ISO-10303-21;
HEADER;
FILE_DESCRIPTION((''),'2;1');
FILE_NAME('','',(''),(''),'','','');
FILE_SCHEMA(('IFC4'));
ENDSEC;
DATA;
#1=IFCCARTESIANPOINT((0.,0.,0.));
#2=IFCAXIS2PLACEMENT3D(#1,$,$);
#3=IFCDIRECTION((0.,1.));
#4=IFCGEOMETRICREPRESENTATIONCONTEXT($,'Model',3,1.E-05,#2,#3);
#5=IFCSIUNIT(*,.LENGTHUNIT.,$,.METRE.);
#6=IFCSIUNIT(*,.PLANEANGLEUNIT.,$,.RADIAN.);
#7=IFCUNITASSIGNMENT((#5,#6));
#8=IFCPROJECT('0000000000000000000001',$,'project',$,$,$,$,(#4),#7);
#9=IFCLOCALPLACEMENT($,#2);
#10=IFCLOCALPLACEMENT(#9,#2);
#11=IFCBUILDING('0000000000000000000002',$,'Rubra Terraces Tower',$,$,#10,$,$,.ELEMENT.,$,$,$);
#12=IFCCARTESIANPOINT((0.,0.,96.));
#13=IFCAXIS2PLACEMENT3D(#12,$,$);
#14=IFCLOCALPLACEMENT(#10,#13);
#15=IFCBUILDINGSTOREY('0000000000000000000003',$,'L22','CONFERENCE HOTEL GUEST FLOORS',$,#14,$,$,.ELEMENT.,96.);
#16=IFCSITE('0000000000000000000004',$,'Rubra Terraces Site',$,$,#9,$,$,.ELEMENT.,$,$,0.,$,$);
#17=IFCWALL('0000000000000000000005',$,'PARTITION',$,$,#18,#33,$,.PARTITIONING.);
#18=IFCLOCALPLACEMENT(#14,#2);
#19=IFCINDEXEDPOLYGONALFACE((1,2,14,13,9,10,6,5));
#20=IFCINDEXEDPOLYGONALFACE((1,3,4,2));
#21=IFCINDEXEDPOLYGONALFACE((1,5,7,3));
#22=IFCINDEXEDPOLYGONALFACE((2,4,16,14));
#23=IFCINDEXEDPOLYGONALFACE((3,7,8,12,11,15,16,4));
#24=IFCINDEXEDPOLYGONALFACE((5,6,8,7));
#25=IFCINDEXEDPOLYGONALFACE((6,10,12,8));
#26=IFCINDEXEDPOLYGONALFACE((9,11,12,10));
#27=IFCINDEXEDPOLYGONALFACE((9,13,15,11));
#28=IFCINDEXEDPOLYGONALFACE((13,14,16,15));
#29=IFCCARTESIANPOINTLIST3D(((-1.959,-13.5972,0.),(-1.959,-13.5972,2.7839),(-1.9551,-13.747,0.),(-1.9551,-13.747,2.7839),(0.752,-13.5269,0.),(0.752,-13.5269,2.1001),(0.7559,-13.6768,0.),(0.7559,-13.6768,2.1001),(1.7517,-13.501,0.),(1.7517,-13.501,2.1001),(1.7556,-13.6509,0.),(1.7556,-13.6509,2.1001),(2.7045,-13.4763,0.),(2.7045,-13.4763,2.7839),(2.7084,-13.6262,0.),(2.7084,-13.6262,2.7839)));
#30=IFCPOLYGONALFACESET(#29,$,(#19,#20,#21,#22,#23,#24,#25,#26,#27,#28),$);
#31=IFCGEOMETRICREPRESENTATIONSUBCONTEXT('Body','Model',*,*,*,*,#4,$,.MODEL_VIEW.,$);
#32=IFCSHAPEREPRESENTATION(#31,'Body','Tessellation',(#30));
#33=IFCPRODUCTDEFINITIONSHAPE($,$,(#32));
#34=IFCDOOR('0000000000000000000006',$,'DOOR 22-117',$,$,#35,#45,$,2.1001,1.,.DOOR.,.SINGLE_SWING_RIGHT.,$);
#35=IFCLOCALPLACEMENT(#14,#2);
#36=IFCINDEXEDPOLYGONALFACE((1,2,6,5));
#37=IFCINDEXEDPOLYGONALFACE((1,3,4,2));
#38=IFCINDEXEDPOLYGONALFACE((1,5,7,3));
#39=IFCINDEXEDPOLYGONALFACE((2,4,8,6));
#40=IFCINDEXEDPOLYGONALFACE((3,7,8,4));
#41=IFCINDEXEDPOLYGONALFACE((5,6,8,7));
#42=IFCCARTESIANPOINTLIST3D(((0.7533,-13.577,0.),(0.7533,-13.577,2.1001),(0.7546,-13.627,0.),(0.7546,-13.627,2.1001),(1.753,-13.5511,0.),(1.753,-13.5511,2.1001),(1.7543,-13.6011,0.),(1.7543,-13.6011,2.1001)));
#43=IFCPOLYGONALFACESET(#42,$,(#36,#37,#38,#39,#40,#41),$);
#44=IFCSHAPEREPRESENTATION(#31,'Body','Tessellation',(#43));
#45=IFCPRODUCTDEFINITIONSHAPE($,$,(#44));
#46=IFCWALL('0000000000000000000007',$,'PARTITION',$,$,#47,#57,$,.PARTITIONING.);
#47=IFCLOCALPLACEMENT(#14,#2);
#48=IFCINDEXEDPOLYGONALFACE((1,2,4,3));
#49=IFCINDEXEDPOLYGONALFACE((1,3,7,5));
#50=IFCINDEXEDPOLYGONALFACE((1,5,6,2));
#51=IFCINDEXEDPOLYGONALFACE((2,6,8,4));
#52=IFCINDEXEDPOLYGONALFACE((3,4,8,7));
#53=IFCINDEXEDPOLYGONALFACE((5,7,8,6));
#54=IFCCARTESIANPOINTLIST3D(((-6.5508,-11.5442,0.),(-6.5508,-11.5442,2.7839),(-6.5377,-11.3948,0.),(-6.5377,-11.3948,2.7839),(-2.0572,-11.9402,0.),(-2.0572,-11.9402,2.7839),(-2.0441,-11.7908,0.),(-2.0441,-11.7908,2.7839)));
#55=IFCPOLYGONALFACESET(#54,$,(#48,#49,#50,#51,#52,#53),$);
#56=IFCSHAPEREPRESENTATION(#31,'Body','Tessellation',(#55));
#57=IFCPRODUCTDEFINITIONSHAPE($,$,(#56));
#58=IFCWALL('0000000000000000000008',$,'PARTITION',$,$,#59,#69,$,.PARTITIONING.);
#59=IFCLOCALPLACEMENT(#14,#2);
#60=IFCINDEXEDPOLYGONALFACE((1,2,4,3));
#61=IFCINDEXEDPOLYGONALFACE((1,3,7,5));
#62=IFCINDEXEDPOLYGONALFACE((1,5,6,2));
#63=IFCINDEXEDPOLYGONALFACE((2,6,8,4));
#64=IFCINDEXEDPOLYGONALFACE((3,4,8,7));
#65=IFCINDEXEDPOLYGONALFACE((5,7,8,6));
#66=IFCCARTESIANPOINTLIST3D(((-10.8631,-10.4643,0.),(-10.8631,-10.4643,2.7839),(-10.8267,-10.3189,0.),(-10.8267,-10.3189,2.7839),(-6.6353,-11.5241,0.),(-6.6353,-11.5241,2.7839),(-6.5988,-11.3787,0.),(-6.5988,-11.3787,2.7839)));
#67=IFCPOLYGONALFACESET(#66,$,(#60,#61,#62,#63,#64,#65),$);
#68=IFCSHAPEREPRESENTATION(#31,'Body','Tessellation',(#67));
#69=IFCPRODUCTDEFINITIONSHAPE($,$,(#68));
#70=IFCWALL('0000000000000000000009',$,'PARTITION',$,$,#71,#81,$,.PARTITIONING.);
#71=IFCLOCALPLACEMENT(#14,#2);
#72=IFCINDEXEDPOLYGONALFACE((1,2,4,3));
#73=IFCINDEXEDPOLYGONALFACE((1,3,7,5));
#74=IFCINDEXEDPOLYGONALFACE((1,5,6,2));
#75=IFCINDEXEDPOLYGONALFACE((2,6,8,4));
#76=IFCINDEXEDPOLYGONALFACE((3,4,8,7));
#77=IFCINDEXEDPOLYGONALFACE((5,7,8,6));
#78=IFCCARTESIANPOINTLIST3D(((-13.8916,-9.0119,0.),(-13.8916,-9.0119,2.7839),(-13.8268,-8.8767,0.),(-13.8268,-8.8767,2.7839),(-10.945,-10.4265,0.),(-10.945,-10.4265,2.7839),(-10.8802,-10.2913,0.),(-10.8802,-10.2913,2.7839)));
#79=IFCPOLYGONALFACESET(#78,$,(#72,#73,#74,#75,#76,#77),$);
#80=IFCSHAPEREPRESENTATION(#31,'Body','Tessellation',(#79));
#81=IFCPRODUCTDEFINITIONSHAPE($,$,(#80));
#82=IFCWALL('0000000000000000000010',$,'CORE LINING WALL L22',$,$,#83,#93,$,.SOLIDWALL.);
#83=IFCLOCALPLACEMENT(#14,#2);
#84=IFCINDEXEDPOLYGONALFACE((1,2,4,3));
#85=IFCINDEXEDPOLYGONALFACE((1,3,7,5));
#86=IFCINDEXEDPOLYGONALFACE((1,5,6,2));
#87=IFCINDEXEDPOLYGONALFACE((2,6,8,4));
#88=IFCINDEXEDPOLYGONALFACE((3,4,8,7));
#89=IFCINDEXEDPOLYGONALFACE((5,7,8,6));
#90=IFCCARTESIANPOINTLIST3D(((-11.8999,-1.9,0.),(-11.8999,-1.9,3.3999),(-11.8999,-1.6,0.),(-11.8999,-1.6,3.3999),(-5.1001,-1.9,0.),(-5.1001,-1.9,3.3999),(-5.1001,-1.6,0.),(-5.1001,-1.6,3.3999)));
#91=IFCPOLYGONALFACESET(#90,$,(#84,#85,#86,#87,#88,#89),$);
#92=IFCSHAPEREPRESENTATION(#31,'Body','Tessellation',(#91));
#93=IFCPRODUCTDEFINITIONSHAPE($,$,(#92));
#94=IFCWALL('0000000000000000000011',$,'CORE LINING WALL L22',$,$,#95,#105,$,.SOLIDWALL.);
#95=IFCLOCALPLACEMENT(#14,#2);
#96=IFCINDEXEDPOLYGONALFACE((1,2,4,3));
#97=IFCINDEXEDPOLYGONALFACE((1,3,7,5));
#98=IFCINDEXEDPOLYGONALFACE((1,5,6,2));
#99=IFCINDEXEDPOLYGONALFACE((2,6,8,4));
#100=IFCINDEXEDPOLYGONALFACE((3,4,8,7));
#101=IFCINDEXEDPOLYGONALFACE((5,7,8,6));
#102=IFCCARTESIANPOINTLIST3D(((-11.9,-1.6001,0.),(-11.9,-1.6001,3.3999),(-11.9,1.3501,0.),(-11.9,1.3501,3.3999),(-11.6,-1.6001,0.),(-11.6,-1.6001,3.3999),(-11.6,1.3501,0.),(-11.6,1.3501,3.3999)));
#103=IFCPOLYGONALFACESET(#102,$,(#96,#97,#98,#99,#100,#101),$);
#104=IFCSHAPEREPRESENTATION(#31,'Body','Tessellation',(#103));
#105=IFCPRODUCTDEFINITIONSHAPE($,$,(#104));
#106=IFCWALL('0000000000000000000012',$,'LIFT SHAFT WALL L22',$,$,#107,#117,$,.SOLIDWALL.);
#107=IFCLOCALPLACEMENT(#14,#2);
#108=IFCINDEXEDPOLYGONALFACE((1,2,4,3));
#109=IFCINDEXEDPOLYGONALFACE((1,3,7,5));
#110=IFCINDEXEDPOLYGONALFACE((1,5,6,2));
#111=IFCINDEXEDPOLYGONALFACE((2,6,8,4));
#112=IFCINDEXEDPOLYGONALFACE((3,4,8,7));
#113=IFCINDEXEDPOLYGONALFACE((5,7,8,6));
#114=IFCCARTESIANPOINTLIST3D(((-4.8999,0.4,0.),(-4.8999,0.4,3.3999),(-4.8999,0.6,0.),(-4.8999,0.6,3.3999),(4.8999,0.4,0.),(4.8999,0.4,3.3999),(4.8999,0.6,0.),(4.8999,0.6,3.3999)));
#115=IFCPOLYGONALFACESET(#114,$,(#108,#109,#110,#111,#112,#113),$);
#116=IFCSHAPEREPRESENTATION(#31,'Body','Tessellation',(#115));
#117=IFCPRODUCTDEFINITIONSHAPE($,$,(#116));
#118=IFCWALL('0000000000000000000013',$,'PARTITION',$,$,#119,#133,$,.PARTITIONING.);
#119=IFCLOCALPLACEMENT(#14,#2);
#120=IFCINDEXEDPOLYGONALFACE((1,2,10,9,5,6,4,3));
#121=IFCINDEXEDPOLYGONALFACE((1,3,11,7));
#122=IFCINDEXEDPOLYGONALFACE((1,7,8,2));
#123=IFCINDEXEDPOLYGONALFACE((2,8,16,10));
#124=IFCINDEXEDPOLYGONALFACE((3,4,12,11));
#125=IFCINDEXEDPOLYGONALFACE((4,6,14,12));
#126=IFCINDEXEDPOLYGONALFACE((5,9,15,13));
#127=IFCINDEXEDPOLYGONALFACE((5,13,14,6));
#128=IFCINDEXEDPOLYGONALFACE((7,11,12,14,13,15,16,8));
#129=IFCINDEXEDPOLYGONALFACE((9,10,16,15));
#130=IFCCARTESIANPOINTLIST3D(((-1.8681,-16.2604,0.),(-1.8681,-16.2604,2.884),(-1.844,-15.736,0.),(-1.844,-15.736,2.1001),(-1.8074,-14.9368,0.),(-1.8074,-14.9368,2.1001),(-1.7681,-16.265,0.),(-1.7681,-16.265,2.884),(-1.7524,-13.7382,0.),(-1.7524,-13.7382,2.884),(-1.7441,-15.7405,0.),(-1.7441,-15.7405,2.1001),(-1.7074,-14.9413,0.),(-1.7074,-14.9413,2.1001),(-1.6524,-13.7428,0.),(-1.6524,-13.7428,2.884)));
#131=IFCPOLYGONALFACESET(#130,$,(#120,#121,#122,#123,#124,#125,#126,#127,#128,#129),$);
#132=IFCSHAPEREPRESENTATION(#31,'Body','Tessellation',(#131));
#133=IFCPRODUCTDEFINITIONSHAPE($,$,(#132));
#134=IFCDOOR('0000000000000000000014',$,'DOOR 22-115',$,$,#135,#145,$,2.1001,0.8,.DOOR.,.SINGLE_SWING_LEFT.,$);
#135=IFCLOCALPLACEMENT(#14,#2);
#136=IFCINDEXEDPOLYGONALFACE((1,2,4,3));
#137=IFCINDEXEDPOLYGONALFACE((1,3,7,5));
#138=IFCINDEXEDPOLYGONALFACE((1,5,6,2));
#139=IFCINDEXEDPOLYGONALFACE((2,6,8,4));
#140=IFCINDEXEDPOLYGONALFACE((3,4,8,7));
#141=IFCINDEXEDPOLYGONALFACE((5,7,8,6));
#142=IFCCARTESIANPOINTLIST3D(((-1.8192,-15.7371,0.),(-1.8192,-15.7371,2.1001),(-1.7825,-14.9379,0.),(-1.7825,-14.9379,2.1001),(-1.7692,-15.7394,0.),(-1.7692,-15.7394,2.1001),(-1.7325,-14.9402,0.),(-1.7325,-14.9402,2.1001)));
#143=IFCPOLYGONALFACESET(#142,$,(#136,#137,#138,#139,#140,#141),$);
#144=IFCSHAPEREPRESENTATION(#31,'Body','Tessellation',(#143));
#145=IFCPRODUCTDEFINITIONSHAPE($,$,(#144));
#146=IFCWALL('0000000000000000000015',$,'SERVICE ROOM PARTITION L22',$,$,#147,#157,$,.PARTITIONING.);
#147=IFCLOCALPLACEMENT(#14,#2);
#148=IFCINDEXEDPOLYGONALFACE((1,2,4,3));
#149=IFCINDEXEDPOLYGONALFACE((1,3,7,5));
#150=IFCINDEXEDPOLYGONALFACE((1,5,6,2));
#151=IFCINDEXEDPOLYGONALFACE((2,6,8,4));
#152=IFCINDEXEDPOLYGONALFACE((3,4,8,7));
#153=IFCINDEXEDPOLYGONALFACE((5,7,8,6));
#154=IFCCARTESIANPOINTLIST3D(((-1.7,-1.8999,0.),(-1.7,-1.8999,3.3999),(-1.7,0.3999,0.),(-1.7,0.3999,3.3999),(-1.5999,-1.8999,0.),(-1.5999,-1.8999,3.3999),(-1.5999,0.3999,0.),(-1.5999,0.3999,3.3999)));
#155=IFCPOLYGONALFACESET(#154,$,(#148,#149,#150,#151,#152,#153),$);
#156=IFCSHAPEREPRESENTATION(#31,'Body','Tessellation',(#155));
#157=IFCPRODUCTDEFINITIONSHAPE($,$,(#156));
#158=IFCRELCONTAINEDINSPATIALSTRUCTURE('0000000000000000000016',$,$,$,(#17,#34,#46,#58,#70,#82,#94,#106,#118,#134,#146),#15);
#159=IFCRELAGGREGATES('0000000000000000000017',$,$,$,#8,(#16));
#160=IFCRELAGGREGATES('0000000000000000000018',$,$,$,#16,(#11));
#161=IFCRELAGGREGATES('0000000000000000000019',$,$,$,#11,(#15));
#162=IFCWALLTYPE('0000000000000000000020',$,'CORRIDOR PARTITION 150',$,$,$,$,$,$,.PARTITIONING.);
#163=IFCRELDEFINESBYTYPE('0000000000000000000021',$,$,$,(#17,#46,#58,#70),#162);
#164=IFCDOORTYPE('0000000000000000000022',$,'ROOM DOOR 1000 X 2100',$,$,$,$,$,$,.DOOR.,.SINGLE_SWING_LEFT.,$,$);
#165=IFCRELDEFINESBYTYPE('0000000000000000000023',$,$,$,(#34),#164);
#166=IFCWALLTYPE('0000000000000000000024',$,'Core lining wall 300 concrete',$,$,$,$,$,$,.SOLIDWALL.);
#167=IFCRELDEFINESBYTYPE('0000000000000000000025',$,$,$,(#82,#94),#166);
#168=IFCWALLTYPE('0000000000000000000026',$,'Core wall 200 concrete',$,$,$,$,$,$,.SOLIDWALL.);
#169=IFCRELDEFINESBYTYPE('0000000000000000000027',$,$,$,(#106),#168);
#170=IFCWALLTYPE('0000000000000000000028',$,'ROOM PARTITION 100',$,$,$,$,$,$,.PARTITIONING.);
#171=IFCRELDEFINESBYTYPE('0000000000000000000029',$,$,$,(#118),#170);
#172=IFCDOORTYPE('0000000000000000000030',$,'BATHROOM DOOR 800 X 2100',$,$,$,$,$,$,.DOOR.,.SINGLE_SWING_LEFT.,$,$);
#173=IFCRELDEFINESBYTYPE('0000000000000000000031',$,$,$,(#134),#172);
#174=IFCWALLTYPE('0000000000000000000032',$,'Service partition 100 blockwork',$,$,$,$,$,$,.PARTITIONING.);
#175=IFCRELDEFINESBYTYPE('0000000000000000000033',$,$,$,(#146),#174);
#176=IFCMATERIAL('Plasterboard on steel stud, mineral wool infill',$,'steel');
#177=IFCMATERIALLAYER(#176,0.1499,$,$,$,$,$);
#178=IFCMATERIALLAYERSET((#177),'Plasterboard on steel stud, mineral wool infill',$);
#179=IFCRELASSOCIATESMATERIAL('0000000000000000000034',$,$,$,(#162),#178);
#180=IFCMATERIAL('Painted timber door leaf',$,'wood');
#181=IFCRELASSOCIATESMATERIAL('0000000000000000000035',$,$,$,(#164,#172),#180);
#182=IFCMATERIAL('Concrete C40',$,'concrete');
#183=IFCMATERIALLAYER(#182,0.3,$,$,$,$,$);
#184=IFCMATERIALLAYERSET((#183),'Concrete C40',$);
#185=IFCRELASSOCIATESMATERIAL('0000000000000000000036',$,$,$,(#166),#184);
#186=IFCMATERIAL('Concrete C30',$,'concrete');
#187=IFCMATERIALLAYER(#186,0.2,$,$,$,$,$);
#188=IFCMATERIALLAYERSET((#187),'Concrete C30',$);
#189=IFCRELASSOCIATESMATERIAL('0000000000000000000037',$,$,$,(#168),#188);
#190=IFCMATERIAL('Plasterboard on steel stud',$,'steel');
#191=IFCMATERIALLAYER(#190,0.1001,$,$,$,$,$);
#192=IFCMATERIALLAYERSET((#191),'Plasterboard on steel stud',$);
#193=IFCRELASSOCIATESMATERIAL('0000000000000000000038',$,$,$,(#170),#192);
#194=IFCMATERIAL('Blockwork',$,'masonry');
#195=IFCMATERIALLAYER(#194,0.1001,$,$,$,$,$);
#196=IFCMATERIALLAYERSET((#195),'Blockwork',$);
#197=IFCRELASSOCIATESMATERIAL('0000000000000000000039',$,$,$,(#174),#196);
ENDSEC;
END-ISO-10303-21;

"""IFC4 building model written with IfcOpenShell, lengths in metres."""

from ifc_helpers import new_model, si_unit, direction, frame, frame_2d, origin, place, context, subcontext, project, spatial, rectangle, extrude, material, layer, layer_set, type_object, element, fill, save


model = new_model("IFC4")

# Units and contexts
model_context = context("Model", 3, precision=1e-05, world=origin(), true_north=direction((0.0, 1.0)))
body_context = subcontext(model_context, "Body", "Model", "MODEL_VIEW")
ifc_project = project(units=[si_unit("LENGTHUNIT", "METRE"), si_unit("PLANEANGLEUNIT", "RADIAN")], contexts=[model_context])

# Site, building, storey
site_placement = place(None, origin())
site = spatial("IfcSite", under=ifc_project, at=site_placement, Name="Rubra Terraces Site", CompositionType="ELEMENT", RefElevation=0.0)
building_placement = place(site_placement, origin())
building = spatial("IfcBuilding", under=site, at=building_placement, Name="Rubra Terraces Tower", CompositionType="ELEMENT")
storey_placement = place(building_placement, frame((0.0, 0.0, 96.0)))
storey = spatial("IfcBuildingStorey", under=building, at=storey_placement, Name="L22", Description="CONFERENCE HOTEL GUEST FLOORS", CompositionType="ELEMENT", Elevation=96.0)

# Shared definitions
ifc_material_1 = material(Name="Concrete C40", Category="concrete")

# Shared definitions
ifc_material_2 = material(Name="Plasterboard on steel stud, mineral wool infill", Category="steel")
ifc_layer_1 = layer(ifc_material_2, 0.1499)
ifc_layer_set_1 = layer_set([ifc_layer_1], Name="Plasterboard on steel stud, mineral wool infill")
wall_type_1 = type_object("IfcWallType", Name="CORRIDOR PARTITION 150", PredefinedType="PARTITIONING", material=ifc_layer_set_1)

# Wall, opening, door
wall_1_placement = place(storey_placement, frame((-1.957, -13.6721, 0.0), z_axis=(0.0, 0.0, 1.0), x_axis=(0.999664, 0.025905, 0.0)))
wall_1 = element("IfcWall", 1, at=wall_1_placement, inside=storey, type_object=wall_type_1, Name="PARTITION", PredefinedType="PARTITIONING", context=body_context, shape_type="SweptSolid", body=[
    extrude(rectangle(XDim=4.665, YDim=0.1499, at=frame_2d((2.3325, 0.0))), origin(), (0.0, 0.0, 1.0), 2.7839),
])
opening_1_placement = place(wall_1_placement, frame((2.7119, 0.0, 0.0)))
opening_1 = element("IfcOpeningElement", 2, at=opening_1_placement, cuts=wall_1, PredefinedType="OPENING", context=body_context, shape_type="SweptSolid", body=[
    extrude(rectangle(XDim=1.0, YDim=2.1001, at=frame_2d((0.5, 1.05))), frame((0.0, 0.085, 0.0), z_axis=(0.0, -1.0, 0.0), x_axis=(1.0, 0.0, 0.0)), (0.0, 0.0, 1.0), 0.1699),
])
ifc_material_3 = material(Name="Painted timber door leaf", Category="wood")
door_type_1 = type_object("IfcDoorType", Name="ROOM DOOR 1000 X 2100", OperationType="SINGLE_SWING_LEFT", PredefinedType="DOOR", material=ifc_material_3)
door_1_placement = place(opening_1_placement, origin())
door_1 = element("IfcDoor", 3, at=door_1_placement, inside=storey, type_object=door_type_1, Name="DOOR 22-117", OperationType="SINGLE_SWING_RIGHT", OverallHeight=2.1001, OverallWidth=1.0, PredefinedType="DOOR", context=body_context, shape_type="SweptSolid", body=[
    extrude(rectangle(XDim=1.0, YDim=2.1001, at=frame_2d((0.5, 1.05))), frame((0.0, 0.0249, 0.0), z_axis=(0.0, -1.0, 0.0), x_axis=(1.0, 0.0, 0.0)), (0.0, 0.0, 1.0), 0.05),
])
fill(opening_1, door_1)

# Walls
wall_2_placement = place(storey_placement, frame((-2.0508, -11.8655, 0.0), z_axis=(0.0, 0.0, 1.0), x_axis=(-0.99614, 0.087783, 0.0)))
element("IfcWall", 4, at=wall_2_placement, inside=storey, type_object=wall_type_1, Name="PARTITION", PredefinedType="PARTITIONING", context=body_context, shape_type="SweptSolid", body=[
    extrude(rectangle(XDim=4.511, YDim=0.1499, at=frame_2d((2.2554, 0.0))), origin(), (0.0, 0.0, 1.0), 2.7839),
])
wall_3_placement = place(storey_placement, frame((-6.6172, -11.4514, 0.0), z_axis=(0.0, 0.0, 1.0), x_axis=(-0.969987, 0.243155, 0.0)))
element("IfcWall", 5, at=wall_3_placement, inside=storey, type_object=wall_type_1, Name="PARTITION", PredefinedType="PARTITIONING", context=body_context, shape_type="SweptSolid", body=[
    extrude(rectangle(XDim=4.3586, YDim=0.1499, at=frame_2d((2.1792, 0.0))), origin(), (0.0, 0.0, 1.0), 2.7839),
])
wall_4_placement = place(storey_placement, frame((-10.9126, -10.3589, 0.0), z_axis=(0.0, 0.0, 1.0), x_axis=(-0.901497, 0.432784, 0.0)))
element("IfcWall", 6, at=wall_4_placement, inside=storey, type_object=wall_type_1, Name="PARTITION", PredefinedType="PARTITIONING", context=body_context, shape_type="SweptSolid", body=[
    extrude(rectangle(XDim=3.2686, YDim=0.1499, at=frame_2d((1.6343, 0.0))), origin(), (0.0, 0.0, 1.0), 2.7839),
])
ifc_layer_2 = layer(ifc_material_1, 0.3)
ifc_layer_set_2 = layer_set([ifc_layer_2], Name="Concrete C40")
wall_type_2 = type_object("IfcWallType", Name="Core lining wall 300 concrete", PredefinedType="SOLIDWALL", material=ifc_layer_set_2)
wall_5_placement = place(storey_placement, frame((-11.8999, -1.75, 0.0), z_axis=(0.0, 0.0, 1.0), x_axis=(1.0, 0.0, 0.0)))
element("IfcWall", 7, at=wall_5_placement, inside=storey, type_object=wall_type_2, Name="CORE LINING WALL L22", PredefinedType="SOLIDWALL", context=body_context, shape_type="SweptSolid", body=[
    extrude(rectangle(XDim=6.7998, YDim=0.3, at=frame_2d((3.3999, 0.0))), origin(), (0.0, 0.0, 1.0), 3.3999),
])
wall_6_placement = place(storey_placement, frame((-11.75, -1.6001, 0.0), z_axis=(0.0, 0.0, 1.0), x_axis=(0.0, 1.0, 0.0)))
element("IfcWall", 8, at=wall_6_placement, inside=storey, type_object=wall_type_2, Name="CORE LINING WALL L22", PredefinedType="SOLIDWALL", context=body_context, shape_type="SweptSolid", body=[
    extrude(rectangle(XDim=2.9502, YDim=0.3, at=frame_2d((1.4751, 0.0))), origin(), (0.0, 0.0, 1.0), 3.3999),
])
ifc_material_4 = material(Name="Concrete C30", Category="concrete")
ifc_layer_3 = layer(ifc_material_4, 0.2)
ifc_layer_set_3 = layer_set([ifc_layer_3], Name="Concrete C30")
wall_type_3 = type_object("IfcWallType", Name="Core wall 200 concrete", PredefinedType="SOLIDWALL", material=ifc_layer_set_3)
wall_7_placement = place(storey_placement, frame((-4.8999, 0.5, 0.0), z_axis=(0.0, 0.0, 1.0), x_axis=(1.0, 0.0, 0.0)))
element("IfcWall", 9, at=wall_7_placement, inside=storey, type_object=wall_type_3, Name="LIFT SHAFT WALL L22", PredefinedType="SOLIDWALL", context=body_context, shape_type="SweptSolid", body=[
    extrude(rectangle(XDim=9.7998, YDim=0.2, at=frame_2d((4.8999, 0.0))), origin(), (0.0, 0.0, 1.0), 3.3999),
])

# Wall, opening, door
ifc_material_5 = material(Name="Plasterboard on steel stud", Category="steel")
ifc_layer_4 = layer(ifc_material_5, 0.1001)
ifc_layer_set_4 = layer_set([ifc_layer_4], Name="Plasterboard on steel stud")
wall_type_4 = type_object("IfcWallType", Name="ROOM PARTITION 100", PredefinedType="PARTITIONING", material=ifc_layer_set_4)
wall_8_placement = place(storey_placement, frame((-1.7024, -13.7405, 0.0), z_axis=(0.0, 0.0, 1.0), x_axis=(-0.045833, -0.998949, 0.0)))
wall_8 = element("IfcWall", 10, at=wall_8_placement, inside=storey, type_object=wall_type_4, Name="PARTITION", PredefinedType="PARTITIONING", context=body_context, shape_type="SweptSolid", body=[
    extrude(rectangle(XDim=2.5249, YDim=0.1001, at=frame_2d((1.2625, 0.0))), origin(), (0.0, 0.0, 1.0), 2.884),
])
opening_2_placement = place(wall_8_placement, frame((1.2, 0.0, 0.0)))
opening_2 = element("IfcOpeningElement", 11, at=opening_2_placement, cuts=wall_8, PredefinedType="OPENING", context=body_context, shape_type="SweptSolid", body=[
    extrude(rectangle(XDim=0.8, YDim=2.1001, at=frame_2d((0.3999, 1.05))), frame((0.0, 0.0601, 0.0), z_axis=(0.0, -1.0, 0.0), x_axis=(1.0, 0.0, 0.0)), (0.0, 0.0, 1.0), 0.1201),
])
door_type_2 = type_object("IfcDoorType", Name="BATHROOM DOOR 800 X 2100", OperationType="SINGLE_SWING_LEFT", PredefinedType="DOOR", material=ifc_material_3)
door_2_placement = place(opening_2_placement, origin())
door_2 = element("IfcDoor", 12, at=door_2_placement, inside=storey, type_object=door_type_2, Name="DOOR 22-115", OperationType="SINGLE_SWING_LEFT", OverallHeight=2.1001, OverallWidth=0.8, PredefinedType="DOOR", context=body_context, shape_type="SweptSolid", body=[
    extrude(rectangle(XDim=0.8, YDim=2.1001, at=frame_2d((0.3999, 1.05))), frame((0.0, 0.0249, 0.0), z_axis=(0.0, -1.0, 0.0), x_axis=(1.0, 0.0, 0.0)), (0.0, 0.0, 1.0), 0.05),
])
fill(opening_2, door_2)

# Wall
ifc_material_6 = material(Name="Blockwork", Category="masonry")
ifc_layer_5 = layer(ifc_material_6, 0.1001)
ifc_layer_set_5 = layer_set([ifc_layer_5], Name="Blockwork")
wall_type_5 = type_object("IfcWallType", Name="Service partition 100 blockwork", PredefinedType="PARTITIONING", material=ifc_layer_set_5)
wall_9_placement = place(storey_placement, frame((-1.6499, -1.8999, 0.0), z_axis=(0.0, 0.0, 1.0), x_axis=(0.0, 1.0, 0.0)))
element("IfcWall", 13, at=wall_9_placement, inside=storey, type_object=wall_type_5, Name="SERVICE ROOM PARTITION L22", PredefinedType="PARTITIONING", context=body_context, shape_type="SweptSolid", body=[
    extrude(rectangle(XDim=2.2998, YDim=0.1001, at=frame_2d((1.1499, 0.0))), origin(), (0.0, 0.0, 1.0), 3.3999),
])

save(model, "model.ifc")
